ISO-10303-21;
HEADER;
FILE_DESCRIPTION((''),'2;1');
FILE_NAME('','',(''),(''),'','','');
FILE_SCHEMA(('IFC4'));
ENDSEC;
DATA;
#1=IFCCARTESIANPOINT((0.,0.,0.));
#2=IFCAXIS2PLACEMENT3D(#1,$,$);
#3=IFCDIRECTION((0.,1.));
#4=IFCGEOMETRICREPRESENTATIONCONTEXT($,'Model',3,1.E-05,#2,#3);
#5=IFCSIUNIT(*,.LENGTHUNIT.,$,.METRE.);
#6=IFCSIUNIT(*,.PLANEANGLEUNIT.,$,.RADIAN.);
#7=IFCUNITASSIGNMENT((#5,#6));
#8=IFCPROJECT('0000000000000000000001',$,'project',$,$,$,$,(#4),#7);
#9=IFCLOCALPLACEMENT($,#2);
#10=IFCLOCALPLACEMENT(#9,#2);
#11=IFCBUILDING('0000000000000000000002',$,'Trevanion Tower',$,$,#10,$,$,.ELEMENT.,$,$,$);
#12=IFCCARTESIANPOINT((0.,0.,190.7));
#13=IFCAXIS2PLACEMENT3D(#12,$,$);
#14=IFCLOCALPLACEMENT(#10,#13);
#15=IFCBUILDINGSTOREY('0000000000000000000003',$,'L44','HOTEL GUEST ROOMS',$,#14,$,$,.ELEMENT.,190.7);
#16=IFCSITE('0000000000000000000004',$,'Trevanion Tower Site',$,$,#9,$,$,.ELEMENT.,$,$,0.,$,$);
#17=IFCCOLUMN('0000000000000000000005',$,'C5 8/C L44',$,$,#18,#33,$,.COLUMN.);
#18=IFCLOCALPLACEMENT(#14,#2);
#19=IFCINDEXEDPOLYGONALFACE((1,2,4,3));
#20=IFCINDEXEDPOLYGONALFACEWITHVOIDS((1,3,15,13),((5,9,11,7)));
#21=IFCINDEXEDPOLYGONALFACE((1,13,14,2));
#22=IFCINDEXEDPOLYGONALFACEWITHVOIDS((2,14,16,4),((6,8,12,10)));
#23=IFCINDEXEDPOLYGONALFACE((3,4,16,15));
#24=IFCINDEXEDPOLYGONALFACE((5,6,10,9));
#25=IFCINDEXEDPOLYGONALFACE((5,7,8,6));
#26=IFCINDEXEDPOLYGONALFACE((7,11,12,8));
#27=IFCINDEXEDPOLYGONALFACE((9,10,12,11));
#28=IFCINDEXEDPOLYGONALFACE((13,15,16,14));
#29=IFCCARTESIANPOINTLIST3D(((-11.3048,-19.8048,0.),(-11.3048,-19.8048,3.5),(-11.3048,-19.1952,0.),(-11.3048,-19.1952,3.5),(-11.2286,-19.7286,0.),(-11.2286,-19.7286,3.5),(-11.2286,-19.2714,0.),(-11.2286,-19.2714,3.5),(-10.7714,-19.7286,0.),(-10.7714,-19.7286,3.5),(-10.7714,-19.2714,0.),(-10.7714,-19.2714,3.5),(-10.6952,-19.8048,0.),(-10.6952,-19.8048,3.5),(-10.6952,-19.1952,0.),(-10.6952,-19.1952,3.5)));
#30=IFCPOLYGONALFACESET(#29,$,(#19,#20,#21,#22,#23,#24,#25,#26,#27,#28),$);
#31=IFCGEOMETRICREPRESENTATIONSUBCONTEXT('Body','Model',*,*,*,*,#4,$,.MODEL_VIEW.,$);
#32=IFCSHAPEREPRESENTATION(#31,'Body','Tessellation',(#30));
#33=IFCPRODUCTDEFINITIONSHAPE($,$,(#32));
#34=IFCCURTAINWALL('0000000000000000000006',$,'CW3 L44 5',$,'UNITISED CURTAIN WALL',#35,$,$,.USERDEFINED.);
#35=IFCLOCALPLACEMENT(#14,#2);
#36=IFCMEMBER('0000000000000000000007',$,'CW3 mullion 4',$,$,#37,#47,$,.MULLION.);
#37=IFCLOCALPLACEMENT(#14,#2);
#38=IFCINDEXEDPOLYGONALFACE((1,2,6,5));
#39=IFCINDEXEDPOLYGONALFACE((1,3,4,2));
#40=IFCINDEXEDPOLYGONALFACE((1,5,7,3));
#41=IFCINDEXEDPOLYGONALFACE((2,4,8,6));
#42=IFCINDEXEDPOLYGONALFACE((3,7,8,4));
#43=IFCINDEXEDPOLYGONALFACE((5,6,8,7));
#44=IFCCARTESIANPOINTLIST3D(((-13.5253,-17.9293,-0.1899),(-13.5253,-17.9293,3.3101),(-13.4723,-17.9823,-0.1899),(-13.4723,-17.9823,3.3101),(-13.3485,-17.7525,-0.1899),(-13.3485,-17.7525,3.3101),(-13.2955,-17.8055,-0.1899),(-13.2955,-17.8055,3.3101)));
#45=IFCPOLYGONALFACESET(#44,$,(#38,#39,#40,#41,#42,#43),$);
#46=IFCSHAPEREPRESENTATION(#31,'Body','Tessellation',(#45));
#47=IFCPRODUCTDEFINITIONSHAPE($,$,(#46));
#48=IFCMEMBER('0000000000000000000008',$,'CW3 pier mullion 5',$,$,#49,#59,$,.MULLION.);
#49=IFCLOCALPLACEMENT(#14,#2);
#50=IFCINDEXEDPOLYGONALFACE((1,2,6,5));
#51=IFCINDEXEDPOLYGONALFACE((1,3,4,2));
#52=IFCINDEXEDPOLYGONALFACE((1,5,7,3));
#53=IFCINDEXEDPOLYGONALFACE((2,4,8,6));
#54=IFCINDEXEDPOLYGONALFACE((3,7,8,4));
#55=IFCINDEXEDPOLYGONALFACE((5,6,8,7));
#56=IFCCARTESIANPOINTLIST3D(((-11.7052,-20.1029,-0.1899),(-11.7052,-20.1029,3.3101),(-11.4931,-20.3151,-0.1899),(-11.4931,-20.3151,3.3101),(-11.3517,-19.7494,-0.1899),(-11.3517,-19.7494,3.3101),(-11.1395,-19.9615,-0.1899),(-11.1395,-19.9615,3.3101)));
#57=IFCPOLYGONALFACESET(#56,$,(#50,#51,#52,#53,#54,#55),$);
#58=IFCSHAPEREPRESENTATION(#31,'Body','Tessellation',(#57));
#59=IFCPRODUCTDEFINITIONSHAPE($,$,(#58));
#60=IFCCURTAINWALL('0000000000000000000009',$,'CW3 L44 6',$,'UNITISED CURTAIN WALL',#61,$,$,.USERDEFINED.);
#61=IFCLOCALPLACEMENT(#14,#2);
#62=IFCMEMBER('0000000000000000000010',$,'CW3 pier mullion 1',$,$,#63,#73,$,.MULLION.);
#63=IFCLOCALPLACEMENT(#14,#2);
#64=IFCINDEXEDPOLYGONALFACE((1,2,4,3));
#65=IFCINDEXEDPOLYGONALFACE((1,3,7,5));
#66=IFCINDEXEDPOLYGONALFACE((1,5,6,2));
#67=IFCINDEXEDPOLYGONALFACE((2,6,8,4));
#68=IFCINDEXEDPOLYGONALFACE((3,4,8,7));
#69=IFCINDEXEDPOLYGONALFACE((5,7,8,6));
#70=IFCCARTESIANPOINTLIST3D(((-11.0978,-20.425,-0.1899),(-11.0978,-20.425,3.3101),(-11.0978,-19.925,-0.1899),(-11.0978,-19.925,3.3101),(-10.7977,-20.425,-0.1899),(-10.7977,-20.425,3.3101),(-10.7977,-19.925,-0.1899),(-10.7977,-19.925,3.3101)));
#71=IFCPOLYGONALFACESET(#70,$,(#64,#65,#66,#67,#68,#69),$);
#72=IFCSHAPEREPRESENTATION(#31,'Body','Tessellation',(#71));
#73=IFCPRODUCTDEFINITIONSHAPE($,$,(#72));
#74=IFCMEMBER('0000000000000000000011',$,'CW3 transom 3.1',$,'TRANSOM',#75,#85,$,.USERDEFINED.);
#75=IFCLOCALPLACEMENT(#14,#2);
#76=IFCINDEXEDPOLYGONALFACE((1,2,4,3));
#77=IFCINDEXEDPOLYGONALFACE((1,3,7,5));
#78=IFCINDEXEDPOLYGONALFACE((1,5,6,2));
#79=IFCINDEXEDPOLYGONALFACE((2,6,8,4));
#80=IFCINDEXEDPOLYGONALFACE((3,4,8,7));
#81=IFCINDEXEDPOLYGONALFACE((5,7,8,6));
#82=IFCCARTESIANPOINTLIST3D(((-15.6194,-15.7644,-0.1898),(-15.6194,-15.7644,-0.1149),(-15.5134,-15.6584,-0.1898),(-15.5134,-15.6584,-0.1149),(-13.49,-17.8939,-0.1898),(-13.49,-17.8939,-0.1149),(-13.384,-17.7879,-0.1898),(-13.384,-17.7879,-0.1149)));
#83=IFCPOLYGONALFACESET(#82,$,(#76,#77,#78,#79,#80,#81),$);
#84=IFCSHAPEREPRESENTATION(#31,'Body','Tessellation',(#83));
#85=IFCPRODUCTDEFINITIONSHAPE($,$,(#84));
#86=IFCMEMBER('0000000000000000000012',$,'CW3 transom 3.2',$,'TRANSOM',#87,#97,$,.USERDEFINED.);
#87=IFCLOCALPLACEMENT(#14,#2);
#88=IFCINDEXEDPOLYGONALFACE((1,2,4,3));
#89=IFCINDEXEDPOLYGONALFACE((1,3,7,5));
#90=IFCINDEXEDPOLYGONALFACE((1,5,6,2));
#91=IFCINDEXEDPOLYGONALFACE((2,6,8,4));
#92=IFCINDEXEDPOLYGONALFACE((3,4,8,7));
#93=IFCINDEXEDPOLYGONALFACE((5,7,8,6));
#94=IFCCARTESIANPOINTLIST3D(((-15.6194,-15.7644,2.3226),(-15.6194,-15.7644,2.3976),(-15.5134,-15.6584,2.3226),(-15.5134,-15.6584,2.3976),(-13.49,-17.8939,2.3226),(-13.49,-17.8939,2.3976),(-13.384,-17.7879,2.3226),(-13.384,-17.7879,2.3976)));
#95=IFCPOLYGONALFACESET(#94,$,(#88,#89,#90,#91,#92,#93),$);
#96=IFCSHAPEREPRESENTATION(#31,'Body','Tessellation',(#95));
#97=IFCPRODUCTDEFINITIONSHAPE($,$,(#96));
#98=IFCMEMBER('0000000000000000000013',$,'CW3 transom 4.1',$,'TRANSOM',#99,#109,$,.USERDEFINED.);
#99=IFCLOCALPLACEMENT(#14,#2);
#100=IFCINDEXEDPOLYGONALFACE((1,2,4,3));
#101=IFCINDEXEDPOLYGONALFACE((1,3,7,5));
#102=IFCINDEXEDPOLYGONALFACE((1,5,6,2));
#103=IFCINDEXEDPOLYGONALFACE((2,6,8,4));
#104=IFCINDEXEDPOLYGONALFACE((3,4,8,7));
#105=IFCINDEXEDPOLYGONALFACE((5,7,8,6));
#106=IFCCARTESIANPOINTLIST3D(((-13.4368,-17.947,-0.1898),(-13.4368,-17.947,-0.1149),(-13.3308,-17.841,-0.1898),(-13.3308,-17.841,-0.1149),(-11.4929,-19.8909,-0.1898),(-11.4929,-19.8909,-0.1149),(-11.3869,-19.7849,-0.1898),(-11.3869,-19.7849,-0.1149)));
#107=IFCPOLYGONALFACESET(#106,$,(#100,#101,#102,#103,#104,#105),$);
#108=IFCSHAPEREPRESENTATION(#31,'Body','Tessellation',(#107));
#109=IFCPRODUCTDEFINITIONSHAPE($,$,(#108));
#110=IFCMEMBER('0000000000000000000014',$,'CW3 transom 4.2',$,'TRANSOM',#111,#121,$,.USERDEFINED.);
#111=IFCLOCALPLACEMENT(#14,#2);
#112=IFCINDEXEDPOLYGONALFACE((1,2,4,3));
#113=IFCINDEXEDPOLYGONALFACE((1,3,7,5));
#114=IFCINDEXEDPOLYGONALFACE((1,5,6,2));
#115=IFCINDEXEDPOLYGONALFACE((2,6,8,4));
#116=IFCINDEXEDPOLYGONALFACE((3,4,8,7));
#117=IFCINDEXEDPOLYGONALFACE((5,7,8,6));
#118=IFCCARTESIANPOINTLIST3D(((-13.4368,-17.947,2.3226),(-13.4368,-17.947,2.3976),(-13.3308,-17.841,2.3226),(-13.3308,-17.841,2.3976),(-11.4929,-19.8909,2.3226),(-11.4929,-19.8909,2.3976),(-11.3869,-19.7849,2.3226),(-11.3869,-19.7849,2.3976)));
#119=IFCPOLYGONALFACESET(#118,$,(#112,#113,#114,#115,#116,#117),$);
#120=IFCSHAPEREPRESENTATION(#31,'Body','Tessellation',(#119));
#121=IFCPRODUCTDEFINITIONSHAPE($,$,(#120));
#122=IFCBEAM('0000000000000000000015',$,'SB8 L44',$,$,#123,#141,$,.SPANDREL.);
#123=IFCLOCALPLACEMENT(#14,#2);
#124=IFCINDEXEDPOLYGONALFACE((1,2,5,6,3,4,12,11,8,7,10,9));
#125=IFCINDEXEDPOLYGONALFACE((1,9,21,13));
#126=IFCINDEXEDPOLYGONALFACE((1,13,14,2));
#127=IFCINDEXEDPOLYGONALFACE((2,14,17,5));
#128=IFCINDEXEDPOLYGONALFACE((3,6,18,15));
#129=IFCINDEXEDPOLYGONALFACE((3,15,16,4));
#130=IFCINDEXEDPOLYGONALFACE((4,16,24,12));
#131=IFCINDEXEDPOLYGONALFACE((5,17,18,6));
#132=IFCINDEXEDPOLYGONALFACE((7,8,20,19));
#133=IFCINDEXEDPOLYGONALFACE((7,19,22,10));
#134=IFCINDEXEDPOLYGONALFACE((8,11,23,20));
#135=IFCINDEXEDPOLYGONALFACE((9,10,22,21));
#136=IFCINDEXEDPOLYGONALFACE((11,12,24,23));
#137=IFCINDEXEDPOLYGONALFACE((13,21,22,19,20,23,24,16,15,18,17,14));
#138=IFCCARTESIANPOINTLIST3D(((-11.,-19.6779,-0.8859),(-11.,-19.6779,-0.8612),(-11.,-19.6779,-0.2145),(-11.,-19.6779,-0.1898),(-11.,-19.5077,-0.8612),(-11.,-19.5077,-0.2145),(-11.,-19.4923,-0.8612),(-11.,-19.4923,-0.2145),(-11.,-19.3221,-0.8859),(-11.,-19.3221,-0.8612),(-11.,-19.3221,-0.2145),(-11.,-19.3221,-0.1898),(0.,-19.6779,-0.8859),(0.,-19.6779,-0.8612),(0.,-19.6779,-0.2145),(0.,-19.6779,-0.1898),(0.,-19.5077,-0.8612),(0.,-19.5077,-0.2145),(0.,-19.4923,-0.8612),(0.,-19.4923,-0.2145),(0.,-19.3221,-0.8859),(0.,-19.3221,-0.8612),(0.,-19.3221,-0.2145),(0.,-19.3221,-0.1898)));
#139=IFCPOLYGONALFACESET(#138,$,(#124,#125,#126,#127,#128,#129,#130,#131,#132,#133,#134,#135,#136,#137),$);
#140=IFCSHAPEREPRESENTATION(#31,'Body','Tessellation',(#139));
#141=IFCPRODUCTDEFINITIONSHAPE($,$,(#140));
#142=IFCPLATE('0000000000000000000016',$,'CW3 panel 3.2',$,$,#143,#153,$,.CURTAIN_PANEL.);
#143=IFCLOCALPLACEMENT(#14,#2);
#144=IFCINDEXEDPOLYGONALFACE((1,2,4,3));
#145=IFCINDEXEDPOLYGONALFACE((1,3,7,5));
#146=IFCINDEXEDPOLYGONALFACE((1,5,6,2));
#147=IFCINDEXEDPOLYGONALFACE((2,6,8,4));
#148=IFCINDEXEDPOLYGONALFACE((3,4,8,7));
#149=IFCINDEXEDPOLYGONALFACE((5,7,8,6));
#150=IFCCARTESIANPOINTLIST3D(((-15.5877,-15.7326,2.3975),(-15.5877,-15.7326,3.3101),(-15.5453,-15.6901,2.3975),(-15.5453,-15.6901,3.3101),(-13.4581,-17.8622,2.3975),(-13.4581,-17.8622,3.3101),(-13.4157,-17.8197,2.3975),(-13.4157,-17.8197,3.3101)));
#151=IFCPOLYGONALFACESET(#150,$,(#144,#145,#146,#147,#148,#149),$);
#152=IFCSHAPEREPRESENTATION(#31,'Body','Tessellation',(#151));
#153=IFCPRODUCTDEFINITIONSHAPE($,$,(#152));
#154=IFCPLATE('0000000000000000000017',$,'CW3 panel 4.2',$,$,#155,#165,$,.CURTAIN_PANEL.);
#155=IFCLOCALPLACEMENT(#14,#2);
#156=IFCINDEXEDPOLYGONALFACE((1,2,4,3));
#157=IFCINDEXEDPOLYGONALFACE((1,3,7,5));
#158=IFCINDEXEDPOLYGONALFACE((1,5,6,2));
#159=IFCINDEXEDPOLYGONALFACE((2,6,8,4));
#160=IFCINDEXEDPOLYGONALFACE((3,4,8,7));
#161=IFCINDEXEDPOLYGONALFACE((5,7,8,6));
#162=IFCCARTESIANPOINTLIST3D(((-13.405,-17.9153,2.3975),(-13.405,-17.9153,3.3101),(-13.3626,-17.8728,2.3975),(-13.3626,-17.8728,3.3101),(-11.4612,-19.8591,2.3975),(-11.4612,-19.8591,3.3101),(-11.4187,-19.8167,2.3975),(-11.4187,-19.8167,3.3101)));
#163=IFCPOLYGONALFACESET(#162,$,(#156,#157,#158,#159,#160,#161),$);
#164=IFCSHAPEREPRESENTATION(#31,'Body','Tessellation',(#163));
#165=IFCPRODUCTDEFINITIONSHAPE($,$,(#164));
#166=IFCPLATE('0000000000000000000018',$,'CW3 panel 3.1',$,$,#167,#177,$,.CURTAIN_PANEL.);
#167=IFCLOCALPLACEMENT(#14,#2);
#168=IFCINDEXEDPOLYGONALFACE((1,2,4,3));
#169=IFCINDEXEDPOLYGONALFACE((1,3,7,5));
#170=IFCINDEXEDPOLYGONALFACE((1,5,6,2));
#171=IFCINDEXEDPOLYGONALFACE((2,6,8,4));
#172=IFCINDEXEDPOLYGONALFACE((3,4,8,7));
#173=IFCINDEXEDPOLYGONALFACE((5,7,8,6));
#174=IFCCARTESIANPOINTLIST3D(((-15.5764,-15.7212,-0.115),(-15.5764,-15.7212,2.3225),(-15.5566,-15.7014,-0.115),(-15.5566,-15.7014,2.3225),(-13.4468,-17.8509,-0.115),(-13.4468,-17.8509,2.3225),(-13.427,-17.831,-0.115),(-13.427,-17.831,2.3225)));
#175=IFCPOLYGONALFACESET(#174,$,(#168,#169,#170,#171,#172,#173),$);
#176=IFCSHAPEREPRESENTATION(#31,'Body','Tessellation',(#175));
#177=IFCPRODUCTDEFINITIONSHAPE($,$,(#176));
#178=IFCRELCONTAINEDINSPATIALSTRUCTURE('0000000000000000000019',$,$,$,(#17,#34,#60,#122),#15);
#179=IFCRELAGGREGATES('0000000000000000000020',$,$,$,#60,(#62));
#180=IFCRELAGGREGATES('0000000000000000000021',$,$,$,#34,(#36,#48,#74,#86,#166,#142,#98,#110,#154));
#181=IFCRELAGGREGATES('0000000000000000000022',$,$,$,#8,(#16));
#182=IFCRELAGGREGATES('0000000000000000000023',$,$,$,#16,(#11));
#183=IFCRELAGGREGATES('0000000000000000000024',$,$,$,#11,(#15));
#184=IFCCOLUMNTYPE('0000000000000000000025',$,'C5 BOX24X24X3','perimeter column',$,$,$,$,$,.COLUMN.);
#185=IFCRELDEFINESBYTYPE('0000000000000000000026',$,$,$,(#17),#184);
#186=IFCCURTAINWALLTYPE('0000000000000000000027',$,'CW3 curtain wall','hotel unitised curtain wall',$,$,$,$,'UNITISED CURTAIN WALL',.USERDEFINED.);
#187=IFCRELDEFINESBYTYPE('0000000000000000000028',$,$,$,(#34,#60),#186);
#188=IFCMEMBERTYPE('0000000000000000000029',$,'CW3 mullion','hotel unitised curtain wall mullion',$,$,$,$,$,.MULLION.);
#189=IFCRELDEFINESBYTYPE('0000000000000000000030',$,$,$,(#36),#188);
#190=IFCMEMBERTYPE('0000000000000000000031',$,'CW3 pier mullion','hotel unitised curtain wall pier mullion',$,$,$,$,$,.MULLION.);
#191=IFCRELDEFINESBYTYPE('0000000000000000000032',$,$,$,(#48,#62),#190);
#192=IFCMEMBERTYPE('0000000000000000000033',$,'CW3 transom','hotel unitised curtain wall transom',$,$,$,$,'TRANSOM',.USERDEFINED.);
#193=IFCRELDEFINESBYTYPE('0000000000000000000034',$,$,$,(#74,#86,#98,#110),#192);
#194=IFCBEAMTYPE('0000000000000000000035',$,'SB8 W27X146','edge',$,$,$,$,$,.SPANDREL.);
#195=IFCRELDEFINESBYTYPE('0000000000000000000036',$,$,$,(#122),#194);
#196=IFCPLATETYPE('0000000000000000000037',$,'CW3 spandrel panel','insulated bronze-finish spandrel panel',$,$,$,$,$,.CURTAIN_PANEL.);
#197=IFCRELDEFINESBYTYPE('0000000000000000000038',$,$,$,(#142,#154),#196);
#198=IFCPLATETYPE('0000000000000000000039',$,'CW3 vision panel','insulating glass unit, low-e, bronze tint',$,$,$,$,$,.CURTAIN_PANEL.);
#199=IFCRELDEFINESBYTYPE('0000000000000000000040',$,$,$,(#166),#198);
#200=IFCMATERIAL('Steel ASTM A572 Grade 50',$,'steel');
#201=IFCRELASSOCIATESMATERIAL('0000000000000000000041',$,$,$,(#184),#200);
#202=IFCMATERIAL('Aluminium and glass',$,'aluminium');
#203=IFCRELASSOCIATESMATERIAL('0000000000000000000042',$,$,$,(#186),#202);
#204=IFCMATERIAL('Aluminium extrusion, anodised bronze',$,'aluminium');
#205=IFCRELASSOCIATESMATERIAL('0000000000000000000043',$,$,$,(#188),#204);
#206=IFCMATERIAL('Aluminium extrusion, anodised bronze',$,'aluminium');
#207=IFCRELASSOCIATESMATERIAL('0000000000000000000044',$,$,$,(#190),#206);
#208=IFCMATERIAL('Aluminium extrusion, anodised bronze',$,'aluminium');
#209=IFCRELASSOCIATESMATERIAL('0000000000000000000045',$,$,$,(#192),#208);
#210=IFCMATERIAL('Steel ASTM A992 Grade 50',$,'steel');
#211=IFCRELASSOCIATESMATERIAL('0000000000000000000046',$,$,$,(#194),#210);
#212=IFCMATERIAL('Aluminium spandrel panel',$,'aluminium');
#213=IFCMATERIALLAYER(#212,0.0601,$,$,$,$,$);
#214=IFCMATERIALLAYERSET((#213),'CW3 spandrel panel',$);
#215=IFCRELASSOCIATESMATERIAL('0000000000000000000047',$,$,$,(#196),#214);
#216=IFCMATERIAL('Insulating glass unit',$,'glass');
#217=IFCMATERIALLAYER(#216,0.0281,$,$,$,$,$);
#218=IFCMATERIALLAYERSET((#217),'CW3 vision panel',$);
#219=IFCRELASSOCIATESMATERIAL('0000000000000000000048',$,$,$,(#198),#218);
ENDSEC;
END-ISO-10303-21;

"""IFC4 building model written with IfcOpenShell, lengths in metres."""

from ifc_helpers import new_model, si_unit, direction, frame, origin, origin_2d, place, context, subcontext, project, spatial, rectangle, hollow_rectangle, i_section, extrude, material, layer, layer_set, material_profile, profile_set, type_object, element, aggregate, save


model = new_model("IFC4")

# Units and contexts
model_context = context("Model", 3, precision=1e-05, world=origin(), true_north=direction((0.0, 1.0)))
body_context = subcontext(model_context, "Body", "Model", "MODEL_VIEW")
ifc_project = project(units=[si_unit("LENGTHUNIT", "METRE"), si_unit("PLANEANGLEUNIT", "RADIAN")], contexts=[model_context])

# Site, building, storey
site_placement = place(None, origin())
site = spatial("IfcSite", under=ifc_project, at=site_placement, Name="Trevanion Tower Site", CompositionType="ELEMENT", RefElevation=0.0)
building_placement = place(site_placement, origin())
building = spatial("IfcBuilding", under=site, at=building_placement, Name="Trevanion Tower", CompositionType="ELEMENT")
storey_placement = place(building_placement, frame((0.0, 0.0, 190.7)))
storey = spatial("IfcBuildingStorey", under=building, at=storey_placement, Name="L44", Description="HOTEL GUEST ROOMS", CompositionType="ELEMENT", Elevation=190.7)

# Column
ifc_material_1 = material(Name="Steel ASTM A572 Grade 50", Category="steel")
ifc_material_profile_1 = material_profile(ifc_material_1, hollow_rectangle(XDim=0.6096, YDim=0.6096, WallThickness=0.0762, at=origin_2d()), Name="BOX24X24X3")
ifc_profile_set_1 = profile_set([ifc_material_profile_1], Name="Steel ASTM A572 Grade 50")
column_type = type_object("IfcColumnType", Name="C5 BOX24X24X3", Description="perimeter column", PredefinedType="COLUMN", material=ifc_profile_set_1)
column_placement = place(storey_placement, frame((-11.0, -19.5, 0.0), z_axis=(0.0, 0.0, 1.0), x_axis=(1.0, 0.0, 0.0)))
element("IfcColumn", 1, at=column_placement, inside=storey, type_object=column_type, Name="C5 8/C L44", PredefinedType="COLUMN", context=body_context, shape_type="SweptSolid", body=[
    extrude(hollow_rectangle(XDim=0.6096, YDim=0.6096, WallThickness=0.0762, at=origin_2d()), origin(), (0.0, 0.0, 1.0), 3.5),
])

# Curtain wall, members
ifc_material_2 = material(Name="Aluminium and glass", Category="aluminium")
curtain_wall_type = type_object("IfcCurtainWallType", Name="CW3 curtain wall", Description="hotel unitised curtain wall", ElementType="UNITISED CURTAIN WALL", PredefinedType="USERDEFINED", material=ifc_material_2)
curtain_wall_1_placement = place(storey_placement, origin())
curtain_wall_1 = element("IfcCurtainWall", 2, at=curtain_wall_1_placement, inside=storey, type_object=curtain_wall_type, Name="CW3 L44 5", ObjectType="UNITISED CURTAIN WALL", PredefinedType="USERDEFINED")
ifc_material_3 = material(Name="Aluminium extrusion, anodised bronze", Category="aluminium")
ifc_material_profile_2 = material_profile(ifc_material_3, rectangle(XDim=0.075, YDim=0.25, at=origin_2d()), Name="CW3 mullion")
ifc_profile_set_2 = profile_set([ifc_material_profile_2], Name="Aluminium extrusion, anodised bronze")
member_type_1 = type_object("IfcMemberType", Name="CW3 mullion", Description="hotel unitised curtain wall mullion", PredefinedType="MULLION", material=ifc_profile_set_2)
member_1_placement = place(storey_placement, frame((-13.4104, -17.8674, -0.1899), z_axis=(0.0, 0.0, 1.0), x_axis=(0.707107, -0.707107, 0.0)))
member_1 = element("IfcMember", 3, at=member_1_placement, type_object=member_type_1, Name="CW3 mullion 4", PredefinedType="MULLION", context=body_context, shape_type="SweptSolid", body=[
    extrude(rectangle(XDim=0.075, YDim=0.25, at=origin_2d()), origin(), (0.0, 0.0, 1.0), 3.5),
])
ifc_material_4 = material(Name="Aluminium extrusion, anodised bronze", Category="aluminium")
ifc_material_profile_3 = material_profile(ifc_material_4, rectangle(XDim=0.3, YDim=0.5, at=origin_2d()), Name="CW3 pier mullion")
ifc_profile_set_3 = profile_set([ifc_material_profile_3], Name="Aluminium extrusion, anodised bronze")
member_type_2 = type_object("IfcMemberType", Name="CW3 pier mullion", Description="hotel unitised curtain wall pier mullion", PredefinedType="MULLION", material=ifc_profile_set_3)
member_2_placement = place(storey_placement, frame((-11.4224, -20.0322, -0.1899), z_axis=(0.0, 0.0, 1.0), x_axis=(0.707107, -0.707107, 0.0)))
member_2 = element("IfcMember", 4, at=member_2_placement, type_object=member_type_2, Name="CW3 pier mullion 5", PredefinedType="MULLION", context=body_context, shape_type="SweptSolid", body=[
    extrude(rectangle(XDim=0.3, YDim=0.5, at=origin_2d()), origin(), (0.0, 0.0, 1.0), 3.5),
])

# Curtain wall, member
curtain_wall_2_placement = place(storey_placement, origin())
curtain_wall_2 = element("IfcCurtainWall", 5, at=curtain_wall_2_placement, inside=storey, type_object=curtain_wall_type, Name="CW3 L44 6", ObjectType="UNITISED CURTAIN WALL", PredefinedType="USERDEFINED")
member_3_placement = place(storey_placement, frame((-10.9478, -20.175, -0.1899), z_axis=(0.0, 0.0, 1.0), x_axis=(1.0, 0.0, 0.0)))
member_3 = element("IfcMember", 6, at=member_3_placement, type_object=member_type_2, Name="CW3 pier mullion 1", PredefinedType="MULLION", context=body_context, shape_type="SweptSolid", body=[
    extrude(rectangle(XDim=0.3, YDim=0.5, at=origin_2d()), origin(), (0.0, 0.0, 1.0), 3.5),
])
aggregate(curtain_wall_2, [member_3])

# Members
ifc_material_5 = material(Name="Aluminium extrusion, anodised bronze", Category="aluminium")
ifc_material_profile_4 = material_profile(ifc_material_5, rectangle(XDim=0.1499, YDim=0.075, at=origin_2d()), Name="CW3 transom")
ifc_profile_set_4 = profile_set([ifc_material_profile_4], Name="Aluminium extrusion, anodised bronze")
member_type_3 = type_object("IfcMemberType", Name="CW3 transom", Description="hotel unitised curtain wall transom", ElementType="TRANSOM", PredefinedType="USERDEFINED", material=ifc_profile_set_4)
member_4_placement = place(storey_placement, frame((-15.5664, -15.7114, -0.1523), z_axis=(0.707107, -0.707107, 0.0), x_axis=(0.707107, 0.707107, 0.0)))
member_4 = element("IfcMember", 7, at=member_4_placement, type_object=member_type_3, Name="CW3 transom 3.1", ObjectType="TRANSOM", PredefinedType="USERDEFINED", context=body_context, shape_type="SweptSolid", body=[
    extrude(rectangle(XDim=0.1499, YDim=0.075, at=origin_2d()), origin(), (0.0, 0.0, 1.0), 3.0115),
])
member_5_placement = place(storey_placement, frame((-15.5664, -15.7114, 2.3601), z_axis=(0.707107, -0.707107, 0.0), x_axis=(0.707107, 0.707107, 0.0)))
member_5 = element("IfcMember", 8, at=member_5_placement, type_object=member_type_3, Name="CW3 transom 3.2", ObjectType="TRANSOM", PredefinedType="USERDEFINED", context=body_context, shape_type="SweptSolid", body=[
    extrude(rectangle(XDim=0.1499, YDim=0.075, at=origin_2d()), origin(), (0.0, 0.0, 1.0), 3.0115),
])
member_6_placement = place(storey_placement, frame((-13.3838, -17.894, -0.1523), z_axis=(0.707107, -0.707107, 0.0), x_axis=(0.707107, 0.707107, 0.0)))
member_6 = element("IfcMember", 9, at=member_6_placement, type_object=member_type_3, Name="CW3 transom 4.1", ObjectType="TRANSOM", PredefinedType="USERDEFINED", context=body_context, shape_type="SweptSolid", body=[
    extrude(rectangle(XDim=0.1499, YDim=0.075, at=origin_2d()), origin(), (0.0, 0.0, 1.0), 2.749),
])
member_7_placement = place(storey_placement, frame((-13.3838, -17.894, 2.3601), z_axis=(0.707107, -0.707107, 0.0), x_axis=(0.707107, 0.707107, 0.0)))
member_7 = element("IfcMember", 10, at=member_7_placement, type_object=member_type_3, Name="CW3 transom 4.2", ObjectType="TRANSOM", PredefinedType="USERDEFINED", context=body_context, shape_type="SweptSolid", body=[
    extrude(rectangle(XDim=0.1499, YDim=0.075, at=origin_2d()), origin(), (0.0, 0.0, 1.0), 2.749),
])

# Beam
ifc_material_6 = material(Name="Steel ASTM A992 Grade 50", Category="steel")
ifc_material_profile_5 = material_profile(ifc_material_6, i_section(OverallWidth=0.3557, OverallDepth=0.696, WebThickness=0.0154, FlangeThickness=0.0247, at=origin_2d()), Name="W27X146")
ifc_profile_set_5 = profile_set([ifc_material_profile_5], Name="Steel ASTM A992 Grade 50")
beam_type = type_object("IfcBeamType", Name="SB8 W27X146", Description="edge", PredefinedType="SPANDREL", material=ifc_profile_set_5)
beam_placement = place(storey_placement, frame((-11.0, -19.5, -0.5378), z_axis=(1.0, 0.0, 0.0), x_axis=(0.0, 1.0, 0.0)))
element("IfcBeam", 11, at=beam_placement, inside=storey, type_object=beam_type, Name="SB8 L44", PredefinedType="SPANDREL", context=body_context, shape_type="SweptSolid", body=[
    extrude(i_section(OverallWidth=0.3557, OverallDepth=0.696, WebThickness=0.0154, FlangeThickness=0.0247, at=origin_2d()), origin(), (0.0, 0.0, 1.0), 11.0),
])

# Plates
ifc_material_7 = material(Name="Aluminium spandrel panel", Category="aluminium")
ifc_layer_1 = layer(ifc_material_7, 0.0601)
ifc_layer_set_1 = layer_set([ifc_layer_1], Name="CW3 spandrel panel")
plate_type_1 = type_object("IfcPlateType", Name="CW3 spandrel panel", Description="insulated bronze-finish spandrel panel", PredefinedType="CURTAIN_PANEL", material=ifc_layer_set_1)
plate_1_placement = place(storey_placement, frame((-14.5017, -16.7761, 2.3975), z_axis=(0.0, 0.0, 1.0), x_axis=(0.707107, -0.707107, 0.0)))
plate_1 = element("IfcPlate", 12, at=plate_1_placement, type_object=plate_type_1, Name="CW3 panel 3.2", PredefinedType="CURTAIN_PANEL", context=body_context, shape_type="SweptSolid", body=[
    extrude(rectangle(XDim=3.0117, YDim=0.0601, at=origin_2d()), origin(), (0.0, 0.0, 1.0), 0.9126),
])
plate_2_placement = place(storey_placement, frame((-12.4119, -18.866, 2.3975), z_axis=(0.0, 0.0, 1.0), x_axis=(0.707107, -0.707107, 0.0)))
plate_2 = element("IfcPlate", 13, at=plate_2_placement, type_object=plate_type_1, Name="CW3 panel 4.2", PredefinedType="CURTAIN_PANEL", context=body_context, shape_type="SweptSolid", body=[
    extrude(rectangle(XDim=2.749, YDim=0.0601, at=origin_2d()), origin(), (0.0, 0.0, 1.0), 0.9126),
])
ifc_material_8 = material(Name="Insulating glass unit", Category="glass")
ifc_layer_2 = layer(ifc_material_8, 0.0281)
ifc_layer_set_2 = layer_set([ifc_layer_2], Name="CW3 vision panel")
plate_type_2 = type_object("IfcPlateType", Name="CW3 vision panel", Description="insulating glass unit, low-e, bronze tint", PredefinedType="CURTAIN_PANEL", material=ifc_layer_set_2)
plate_3_placement = place(storey_placement, frame((-14.5017, -16.7761, -0.115), z_axis=(0.0, 0.0, 1.0), x_axis=(0.707107, -0.707107, 0.0)))
plate_3 = element("IfcPlate", 14, at=plate_3_placement, type_object=plate_type_2, Name="CW3 panel 3.1", PredefinedType="CURTAIN_PANEL", context=body_context, shape_type="SweptSolid", body=[
    extrude(rectangle(XDim=3.0117, YDim=0.0281, at=origin_2d()), origin(), (0.0, 0.0, 1.0), 2.4375),
])
aggregate(curtain_wall_1, [member_1, member_2, member_4, member_5, plate_3, plate_1, member_6, member_7, plate_2])

save(model, "model.ifc")
